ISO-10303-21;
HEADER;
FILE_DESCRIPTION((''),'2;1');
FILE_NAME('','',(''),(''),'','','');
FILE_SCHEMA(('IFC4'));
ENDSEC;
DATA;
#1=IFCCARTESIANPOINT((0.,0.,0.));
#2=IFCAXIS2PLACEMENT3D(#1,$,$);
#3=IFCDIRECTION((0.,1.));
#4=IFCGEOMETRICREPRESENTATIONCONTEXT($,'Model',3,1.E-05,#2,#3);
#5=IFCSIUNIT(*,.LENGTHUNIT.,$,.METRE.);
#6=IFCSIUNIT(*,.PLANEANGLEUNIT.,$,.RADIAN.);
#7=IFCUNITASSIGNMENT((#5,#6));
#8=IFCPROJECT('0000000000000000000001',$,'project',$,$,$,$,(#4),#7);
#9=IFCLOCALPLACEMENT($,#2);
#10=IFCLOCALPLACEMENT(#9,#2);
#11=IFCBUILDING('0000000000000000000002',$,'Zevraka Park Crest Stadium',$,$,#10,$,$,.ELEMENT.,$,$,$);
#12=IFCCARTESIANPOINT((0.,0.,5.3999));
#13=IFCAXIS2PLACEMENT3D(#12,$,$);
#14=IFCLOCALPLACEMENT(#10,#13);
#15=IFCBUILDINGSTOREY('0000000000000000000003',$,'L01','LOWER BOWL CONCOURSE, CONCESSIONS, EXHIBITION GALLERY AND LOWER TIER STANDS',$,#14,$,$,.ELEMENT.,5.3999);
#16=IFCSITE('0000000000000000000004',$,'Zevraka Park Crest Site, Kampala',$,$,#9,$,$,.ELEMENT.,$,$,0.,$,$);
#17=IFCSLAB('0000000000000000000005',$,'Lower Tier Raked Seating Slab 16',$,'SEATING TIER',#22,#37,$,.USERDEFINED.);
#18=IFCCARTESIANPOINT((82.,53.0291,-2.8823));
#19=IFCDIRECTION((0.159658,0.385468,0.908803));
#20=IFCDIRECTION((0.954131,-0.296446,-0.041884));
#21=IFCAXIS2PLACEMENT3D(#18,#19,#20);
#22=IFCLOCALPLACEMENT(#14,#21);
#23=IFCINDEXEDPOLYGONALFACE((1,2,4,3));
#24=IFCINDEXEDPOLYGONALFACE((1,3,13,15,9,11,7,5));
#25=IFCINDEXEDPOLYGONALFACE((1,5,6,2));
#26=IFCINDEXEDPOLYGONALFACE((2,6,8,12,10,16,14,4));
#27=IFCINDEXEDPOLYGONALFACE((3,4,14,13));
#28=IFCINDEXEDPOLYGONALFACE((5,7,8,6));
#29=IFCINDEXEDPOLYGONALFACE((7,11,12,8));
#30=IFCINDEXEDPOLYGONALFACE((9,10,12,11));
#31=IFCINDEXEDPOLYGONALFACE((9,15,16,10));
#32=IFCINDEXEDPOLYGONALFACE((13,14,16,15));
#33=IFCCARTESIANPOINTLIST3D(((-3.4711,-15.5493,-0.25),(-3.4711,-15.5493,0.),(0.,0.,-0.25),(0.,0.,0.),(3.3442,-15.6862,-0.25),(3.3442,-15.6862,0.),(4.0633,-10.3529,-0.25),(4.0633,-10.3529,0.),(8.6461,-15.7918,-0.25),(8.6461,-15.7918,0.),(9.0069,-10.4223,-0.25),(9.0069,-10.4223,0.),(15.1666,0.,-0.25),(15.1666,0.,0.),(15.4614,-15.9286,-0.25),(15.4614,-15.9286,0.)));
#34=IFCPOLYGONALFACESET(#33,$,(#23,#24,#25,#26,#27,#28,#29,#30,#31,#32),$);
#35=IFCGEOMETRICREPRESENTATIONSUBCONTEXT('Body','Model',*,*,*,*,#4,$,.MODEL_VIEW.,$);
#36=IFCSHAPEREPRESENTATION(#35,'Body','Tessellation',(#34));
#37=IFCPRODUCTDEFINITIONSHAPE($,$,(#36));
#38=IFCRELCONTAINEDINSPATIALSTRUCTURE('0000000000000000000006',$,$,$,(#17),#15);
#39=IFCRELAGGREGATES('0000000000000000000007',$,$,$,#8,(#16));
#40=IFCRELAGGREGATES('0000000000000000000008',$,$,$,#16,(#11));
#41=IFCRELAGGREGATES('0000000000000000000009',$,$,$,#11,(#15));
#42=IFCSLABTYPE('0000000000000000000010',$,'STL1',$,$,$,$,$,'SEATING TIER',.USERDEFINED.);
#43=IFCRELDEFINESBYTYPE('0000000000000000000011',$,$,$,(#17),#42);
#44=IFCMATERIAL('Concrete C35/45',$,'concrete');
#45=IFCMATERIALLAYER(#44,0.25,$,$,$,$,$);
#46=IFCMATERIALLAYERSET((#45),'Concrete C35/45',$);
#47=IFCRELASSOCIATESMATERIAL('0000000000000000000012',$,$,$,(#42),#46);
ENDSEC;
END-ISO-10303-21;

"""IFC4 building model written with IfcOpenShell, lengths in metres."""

from ifc_helpers import new_model, si_unit, direction, frame, origin, place, context, subcontext, project, spatial, polyline, outline, extrude, material, layer, layer_set, type_object, element, save


model = new_model("IFC4")

# Units and contexts
model_context = context("Model", 3, precision=1e-05, world=origin(), true_north=direction((0.0, 1.0)))
body_context = subcontext(model_context, "Body", "Model", "MODEL_VIEW")
ifc_project = project(units=[si_unit("LENGTHUNIT", "METRE"), si_unit("PLANEANGLEUNIT", "RADIAN")], contexts=[model_context])

# Site, building, storey
site_placement = place(None, origin())
site = spatial("IfcSite", under=ifc_project, at=site_placement, Name="Zevraka Park Crest Site, Kampala", CompositionType="ELEMENT", RefElevation=0.0)
building_placement = place(site_placement, origin())
building = spatial("IfcBuilding", under=site, at=building_placement, Name="Zevraka Park Crest Stadium", CompositionType="ELEMENT")
storey_placement = place(building_placement, frame((0.0, 0.0, 5.3999)))
storey = spatial("IfcBuildingStorey", under=building, at=storey_placement, Name="L01", Description="LOWER BOWL CONCOURSE, CONCESSIONS, EXHIBITION GALLERY AND LOWER TIER STANDS", CompositionType="ELEMENT", Elevation=5.3999)

# Slab
ifc_material_1 = material(Name="Concrete C35/45", Category="concrete")
ifc_layer_1 = layer(ifc_material_1, 0.25)
ifc_layer_set_1 = layer_set([ifc_layer_1], Name="Concrete C35/45")
slab_type = type_object("IfcSlabType", Name="STL1", ElementType="SEATING TIER", PredefinedType="USERDEFINED", material=ifc_layer_set_1)
slab_1_placement = place(storey_placement, frame((82.0, 53.0291, -2.8823), z_axis=(0.159658, 0.385468, 0.908803), x_axis=(0.954131, -0.296446, -0.041884)))
element("IfcSlab", 1, at=slab_1_placement, inside=storey, type_object=slab_type, Name="Lower Tier Raked Seating Slab 16", ObjectType="SEATING TIER", PredefinedType="USERDEFINED", context=body_context, shape_type="SweptSolid", body=[
    extrude(outline(polyline([(0.0, 0.0), (15.1666, 0.0), (15.4614, -15.9286), (8.6461, -15.7918), (9.0069, -10.4223), (4.0633, -10.3529), (3.3442, -15.6862), (-3.4711, -15.5493), (0.0, 0.0)])), origin(), (0.0, 0.0, -1.0), 0.25),
])

save(model, "model.ifc")
